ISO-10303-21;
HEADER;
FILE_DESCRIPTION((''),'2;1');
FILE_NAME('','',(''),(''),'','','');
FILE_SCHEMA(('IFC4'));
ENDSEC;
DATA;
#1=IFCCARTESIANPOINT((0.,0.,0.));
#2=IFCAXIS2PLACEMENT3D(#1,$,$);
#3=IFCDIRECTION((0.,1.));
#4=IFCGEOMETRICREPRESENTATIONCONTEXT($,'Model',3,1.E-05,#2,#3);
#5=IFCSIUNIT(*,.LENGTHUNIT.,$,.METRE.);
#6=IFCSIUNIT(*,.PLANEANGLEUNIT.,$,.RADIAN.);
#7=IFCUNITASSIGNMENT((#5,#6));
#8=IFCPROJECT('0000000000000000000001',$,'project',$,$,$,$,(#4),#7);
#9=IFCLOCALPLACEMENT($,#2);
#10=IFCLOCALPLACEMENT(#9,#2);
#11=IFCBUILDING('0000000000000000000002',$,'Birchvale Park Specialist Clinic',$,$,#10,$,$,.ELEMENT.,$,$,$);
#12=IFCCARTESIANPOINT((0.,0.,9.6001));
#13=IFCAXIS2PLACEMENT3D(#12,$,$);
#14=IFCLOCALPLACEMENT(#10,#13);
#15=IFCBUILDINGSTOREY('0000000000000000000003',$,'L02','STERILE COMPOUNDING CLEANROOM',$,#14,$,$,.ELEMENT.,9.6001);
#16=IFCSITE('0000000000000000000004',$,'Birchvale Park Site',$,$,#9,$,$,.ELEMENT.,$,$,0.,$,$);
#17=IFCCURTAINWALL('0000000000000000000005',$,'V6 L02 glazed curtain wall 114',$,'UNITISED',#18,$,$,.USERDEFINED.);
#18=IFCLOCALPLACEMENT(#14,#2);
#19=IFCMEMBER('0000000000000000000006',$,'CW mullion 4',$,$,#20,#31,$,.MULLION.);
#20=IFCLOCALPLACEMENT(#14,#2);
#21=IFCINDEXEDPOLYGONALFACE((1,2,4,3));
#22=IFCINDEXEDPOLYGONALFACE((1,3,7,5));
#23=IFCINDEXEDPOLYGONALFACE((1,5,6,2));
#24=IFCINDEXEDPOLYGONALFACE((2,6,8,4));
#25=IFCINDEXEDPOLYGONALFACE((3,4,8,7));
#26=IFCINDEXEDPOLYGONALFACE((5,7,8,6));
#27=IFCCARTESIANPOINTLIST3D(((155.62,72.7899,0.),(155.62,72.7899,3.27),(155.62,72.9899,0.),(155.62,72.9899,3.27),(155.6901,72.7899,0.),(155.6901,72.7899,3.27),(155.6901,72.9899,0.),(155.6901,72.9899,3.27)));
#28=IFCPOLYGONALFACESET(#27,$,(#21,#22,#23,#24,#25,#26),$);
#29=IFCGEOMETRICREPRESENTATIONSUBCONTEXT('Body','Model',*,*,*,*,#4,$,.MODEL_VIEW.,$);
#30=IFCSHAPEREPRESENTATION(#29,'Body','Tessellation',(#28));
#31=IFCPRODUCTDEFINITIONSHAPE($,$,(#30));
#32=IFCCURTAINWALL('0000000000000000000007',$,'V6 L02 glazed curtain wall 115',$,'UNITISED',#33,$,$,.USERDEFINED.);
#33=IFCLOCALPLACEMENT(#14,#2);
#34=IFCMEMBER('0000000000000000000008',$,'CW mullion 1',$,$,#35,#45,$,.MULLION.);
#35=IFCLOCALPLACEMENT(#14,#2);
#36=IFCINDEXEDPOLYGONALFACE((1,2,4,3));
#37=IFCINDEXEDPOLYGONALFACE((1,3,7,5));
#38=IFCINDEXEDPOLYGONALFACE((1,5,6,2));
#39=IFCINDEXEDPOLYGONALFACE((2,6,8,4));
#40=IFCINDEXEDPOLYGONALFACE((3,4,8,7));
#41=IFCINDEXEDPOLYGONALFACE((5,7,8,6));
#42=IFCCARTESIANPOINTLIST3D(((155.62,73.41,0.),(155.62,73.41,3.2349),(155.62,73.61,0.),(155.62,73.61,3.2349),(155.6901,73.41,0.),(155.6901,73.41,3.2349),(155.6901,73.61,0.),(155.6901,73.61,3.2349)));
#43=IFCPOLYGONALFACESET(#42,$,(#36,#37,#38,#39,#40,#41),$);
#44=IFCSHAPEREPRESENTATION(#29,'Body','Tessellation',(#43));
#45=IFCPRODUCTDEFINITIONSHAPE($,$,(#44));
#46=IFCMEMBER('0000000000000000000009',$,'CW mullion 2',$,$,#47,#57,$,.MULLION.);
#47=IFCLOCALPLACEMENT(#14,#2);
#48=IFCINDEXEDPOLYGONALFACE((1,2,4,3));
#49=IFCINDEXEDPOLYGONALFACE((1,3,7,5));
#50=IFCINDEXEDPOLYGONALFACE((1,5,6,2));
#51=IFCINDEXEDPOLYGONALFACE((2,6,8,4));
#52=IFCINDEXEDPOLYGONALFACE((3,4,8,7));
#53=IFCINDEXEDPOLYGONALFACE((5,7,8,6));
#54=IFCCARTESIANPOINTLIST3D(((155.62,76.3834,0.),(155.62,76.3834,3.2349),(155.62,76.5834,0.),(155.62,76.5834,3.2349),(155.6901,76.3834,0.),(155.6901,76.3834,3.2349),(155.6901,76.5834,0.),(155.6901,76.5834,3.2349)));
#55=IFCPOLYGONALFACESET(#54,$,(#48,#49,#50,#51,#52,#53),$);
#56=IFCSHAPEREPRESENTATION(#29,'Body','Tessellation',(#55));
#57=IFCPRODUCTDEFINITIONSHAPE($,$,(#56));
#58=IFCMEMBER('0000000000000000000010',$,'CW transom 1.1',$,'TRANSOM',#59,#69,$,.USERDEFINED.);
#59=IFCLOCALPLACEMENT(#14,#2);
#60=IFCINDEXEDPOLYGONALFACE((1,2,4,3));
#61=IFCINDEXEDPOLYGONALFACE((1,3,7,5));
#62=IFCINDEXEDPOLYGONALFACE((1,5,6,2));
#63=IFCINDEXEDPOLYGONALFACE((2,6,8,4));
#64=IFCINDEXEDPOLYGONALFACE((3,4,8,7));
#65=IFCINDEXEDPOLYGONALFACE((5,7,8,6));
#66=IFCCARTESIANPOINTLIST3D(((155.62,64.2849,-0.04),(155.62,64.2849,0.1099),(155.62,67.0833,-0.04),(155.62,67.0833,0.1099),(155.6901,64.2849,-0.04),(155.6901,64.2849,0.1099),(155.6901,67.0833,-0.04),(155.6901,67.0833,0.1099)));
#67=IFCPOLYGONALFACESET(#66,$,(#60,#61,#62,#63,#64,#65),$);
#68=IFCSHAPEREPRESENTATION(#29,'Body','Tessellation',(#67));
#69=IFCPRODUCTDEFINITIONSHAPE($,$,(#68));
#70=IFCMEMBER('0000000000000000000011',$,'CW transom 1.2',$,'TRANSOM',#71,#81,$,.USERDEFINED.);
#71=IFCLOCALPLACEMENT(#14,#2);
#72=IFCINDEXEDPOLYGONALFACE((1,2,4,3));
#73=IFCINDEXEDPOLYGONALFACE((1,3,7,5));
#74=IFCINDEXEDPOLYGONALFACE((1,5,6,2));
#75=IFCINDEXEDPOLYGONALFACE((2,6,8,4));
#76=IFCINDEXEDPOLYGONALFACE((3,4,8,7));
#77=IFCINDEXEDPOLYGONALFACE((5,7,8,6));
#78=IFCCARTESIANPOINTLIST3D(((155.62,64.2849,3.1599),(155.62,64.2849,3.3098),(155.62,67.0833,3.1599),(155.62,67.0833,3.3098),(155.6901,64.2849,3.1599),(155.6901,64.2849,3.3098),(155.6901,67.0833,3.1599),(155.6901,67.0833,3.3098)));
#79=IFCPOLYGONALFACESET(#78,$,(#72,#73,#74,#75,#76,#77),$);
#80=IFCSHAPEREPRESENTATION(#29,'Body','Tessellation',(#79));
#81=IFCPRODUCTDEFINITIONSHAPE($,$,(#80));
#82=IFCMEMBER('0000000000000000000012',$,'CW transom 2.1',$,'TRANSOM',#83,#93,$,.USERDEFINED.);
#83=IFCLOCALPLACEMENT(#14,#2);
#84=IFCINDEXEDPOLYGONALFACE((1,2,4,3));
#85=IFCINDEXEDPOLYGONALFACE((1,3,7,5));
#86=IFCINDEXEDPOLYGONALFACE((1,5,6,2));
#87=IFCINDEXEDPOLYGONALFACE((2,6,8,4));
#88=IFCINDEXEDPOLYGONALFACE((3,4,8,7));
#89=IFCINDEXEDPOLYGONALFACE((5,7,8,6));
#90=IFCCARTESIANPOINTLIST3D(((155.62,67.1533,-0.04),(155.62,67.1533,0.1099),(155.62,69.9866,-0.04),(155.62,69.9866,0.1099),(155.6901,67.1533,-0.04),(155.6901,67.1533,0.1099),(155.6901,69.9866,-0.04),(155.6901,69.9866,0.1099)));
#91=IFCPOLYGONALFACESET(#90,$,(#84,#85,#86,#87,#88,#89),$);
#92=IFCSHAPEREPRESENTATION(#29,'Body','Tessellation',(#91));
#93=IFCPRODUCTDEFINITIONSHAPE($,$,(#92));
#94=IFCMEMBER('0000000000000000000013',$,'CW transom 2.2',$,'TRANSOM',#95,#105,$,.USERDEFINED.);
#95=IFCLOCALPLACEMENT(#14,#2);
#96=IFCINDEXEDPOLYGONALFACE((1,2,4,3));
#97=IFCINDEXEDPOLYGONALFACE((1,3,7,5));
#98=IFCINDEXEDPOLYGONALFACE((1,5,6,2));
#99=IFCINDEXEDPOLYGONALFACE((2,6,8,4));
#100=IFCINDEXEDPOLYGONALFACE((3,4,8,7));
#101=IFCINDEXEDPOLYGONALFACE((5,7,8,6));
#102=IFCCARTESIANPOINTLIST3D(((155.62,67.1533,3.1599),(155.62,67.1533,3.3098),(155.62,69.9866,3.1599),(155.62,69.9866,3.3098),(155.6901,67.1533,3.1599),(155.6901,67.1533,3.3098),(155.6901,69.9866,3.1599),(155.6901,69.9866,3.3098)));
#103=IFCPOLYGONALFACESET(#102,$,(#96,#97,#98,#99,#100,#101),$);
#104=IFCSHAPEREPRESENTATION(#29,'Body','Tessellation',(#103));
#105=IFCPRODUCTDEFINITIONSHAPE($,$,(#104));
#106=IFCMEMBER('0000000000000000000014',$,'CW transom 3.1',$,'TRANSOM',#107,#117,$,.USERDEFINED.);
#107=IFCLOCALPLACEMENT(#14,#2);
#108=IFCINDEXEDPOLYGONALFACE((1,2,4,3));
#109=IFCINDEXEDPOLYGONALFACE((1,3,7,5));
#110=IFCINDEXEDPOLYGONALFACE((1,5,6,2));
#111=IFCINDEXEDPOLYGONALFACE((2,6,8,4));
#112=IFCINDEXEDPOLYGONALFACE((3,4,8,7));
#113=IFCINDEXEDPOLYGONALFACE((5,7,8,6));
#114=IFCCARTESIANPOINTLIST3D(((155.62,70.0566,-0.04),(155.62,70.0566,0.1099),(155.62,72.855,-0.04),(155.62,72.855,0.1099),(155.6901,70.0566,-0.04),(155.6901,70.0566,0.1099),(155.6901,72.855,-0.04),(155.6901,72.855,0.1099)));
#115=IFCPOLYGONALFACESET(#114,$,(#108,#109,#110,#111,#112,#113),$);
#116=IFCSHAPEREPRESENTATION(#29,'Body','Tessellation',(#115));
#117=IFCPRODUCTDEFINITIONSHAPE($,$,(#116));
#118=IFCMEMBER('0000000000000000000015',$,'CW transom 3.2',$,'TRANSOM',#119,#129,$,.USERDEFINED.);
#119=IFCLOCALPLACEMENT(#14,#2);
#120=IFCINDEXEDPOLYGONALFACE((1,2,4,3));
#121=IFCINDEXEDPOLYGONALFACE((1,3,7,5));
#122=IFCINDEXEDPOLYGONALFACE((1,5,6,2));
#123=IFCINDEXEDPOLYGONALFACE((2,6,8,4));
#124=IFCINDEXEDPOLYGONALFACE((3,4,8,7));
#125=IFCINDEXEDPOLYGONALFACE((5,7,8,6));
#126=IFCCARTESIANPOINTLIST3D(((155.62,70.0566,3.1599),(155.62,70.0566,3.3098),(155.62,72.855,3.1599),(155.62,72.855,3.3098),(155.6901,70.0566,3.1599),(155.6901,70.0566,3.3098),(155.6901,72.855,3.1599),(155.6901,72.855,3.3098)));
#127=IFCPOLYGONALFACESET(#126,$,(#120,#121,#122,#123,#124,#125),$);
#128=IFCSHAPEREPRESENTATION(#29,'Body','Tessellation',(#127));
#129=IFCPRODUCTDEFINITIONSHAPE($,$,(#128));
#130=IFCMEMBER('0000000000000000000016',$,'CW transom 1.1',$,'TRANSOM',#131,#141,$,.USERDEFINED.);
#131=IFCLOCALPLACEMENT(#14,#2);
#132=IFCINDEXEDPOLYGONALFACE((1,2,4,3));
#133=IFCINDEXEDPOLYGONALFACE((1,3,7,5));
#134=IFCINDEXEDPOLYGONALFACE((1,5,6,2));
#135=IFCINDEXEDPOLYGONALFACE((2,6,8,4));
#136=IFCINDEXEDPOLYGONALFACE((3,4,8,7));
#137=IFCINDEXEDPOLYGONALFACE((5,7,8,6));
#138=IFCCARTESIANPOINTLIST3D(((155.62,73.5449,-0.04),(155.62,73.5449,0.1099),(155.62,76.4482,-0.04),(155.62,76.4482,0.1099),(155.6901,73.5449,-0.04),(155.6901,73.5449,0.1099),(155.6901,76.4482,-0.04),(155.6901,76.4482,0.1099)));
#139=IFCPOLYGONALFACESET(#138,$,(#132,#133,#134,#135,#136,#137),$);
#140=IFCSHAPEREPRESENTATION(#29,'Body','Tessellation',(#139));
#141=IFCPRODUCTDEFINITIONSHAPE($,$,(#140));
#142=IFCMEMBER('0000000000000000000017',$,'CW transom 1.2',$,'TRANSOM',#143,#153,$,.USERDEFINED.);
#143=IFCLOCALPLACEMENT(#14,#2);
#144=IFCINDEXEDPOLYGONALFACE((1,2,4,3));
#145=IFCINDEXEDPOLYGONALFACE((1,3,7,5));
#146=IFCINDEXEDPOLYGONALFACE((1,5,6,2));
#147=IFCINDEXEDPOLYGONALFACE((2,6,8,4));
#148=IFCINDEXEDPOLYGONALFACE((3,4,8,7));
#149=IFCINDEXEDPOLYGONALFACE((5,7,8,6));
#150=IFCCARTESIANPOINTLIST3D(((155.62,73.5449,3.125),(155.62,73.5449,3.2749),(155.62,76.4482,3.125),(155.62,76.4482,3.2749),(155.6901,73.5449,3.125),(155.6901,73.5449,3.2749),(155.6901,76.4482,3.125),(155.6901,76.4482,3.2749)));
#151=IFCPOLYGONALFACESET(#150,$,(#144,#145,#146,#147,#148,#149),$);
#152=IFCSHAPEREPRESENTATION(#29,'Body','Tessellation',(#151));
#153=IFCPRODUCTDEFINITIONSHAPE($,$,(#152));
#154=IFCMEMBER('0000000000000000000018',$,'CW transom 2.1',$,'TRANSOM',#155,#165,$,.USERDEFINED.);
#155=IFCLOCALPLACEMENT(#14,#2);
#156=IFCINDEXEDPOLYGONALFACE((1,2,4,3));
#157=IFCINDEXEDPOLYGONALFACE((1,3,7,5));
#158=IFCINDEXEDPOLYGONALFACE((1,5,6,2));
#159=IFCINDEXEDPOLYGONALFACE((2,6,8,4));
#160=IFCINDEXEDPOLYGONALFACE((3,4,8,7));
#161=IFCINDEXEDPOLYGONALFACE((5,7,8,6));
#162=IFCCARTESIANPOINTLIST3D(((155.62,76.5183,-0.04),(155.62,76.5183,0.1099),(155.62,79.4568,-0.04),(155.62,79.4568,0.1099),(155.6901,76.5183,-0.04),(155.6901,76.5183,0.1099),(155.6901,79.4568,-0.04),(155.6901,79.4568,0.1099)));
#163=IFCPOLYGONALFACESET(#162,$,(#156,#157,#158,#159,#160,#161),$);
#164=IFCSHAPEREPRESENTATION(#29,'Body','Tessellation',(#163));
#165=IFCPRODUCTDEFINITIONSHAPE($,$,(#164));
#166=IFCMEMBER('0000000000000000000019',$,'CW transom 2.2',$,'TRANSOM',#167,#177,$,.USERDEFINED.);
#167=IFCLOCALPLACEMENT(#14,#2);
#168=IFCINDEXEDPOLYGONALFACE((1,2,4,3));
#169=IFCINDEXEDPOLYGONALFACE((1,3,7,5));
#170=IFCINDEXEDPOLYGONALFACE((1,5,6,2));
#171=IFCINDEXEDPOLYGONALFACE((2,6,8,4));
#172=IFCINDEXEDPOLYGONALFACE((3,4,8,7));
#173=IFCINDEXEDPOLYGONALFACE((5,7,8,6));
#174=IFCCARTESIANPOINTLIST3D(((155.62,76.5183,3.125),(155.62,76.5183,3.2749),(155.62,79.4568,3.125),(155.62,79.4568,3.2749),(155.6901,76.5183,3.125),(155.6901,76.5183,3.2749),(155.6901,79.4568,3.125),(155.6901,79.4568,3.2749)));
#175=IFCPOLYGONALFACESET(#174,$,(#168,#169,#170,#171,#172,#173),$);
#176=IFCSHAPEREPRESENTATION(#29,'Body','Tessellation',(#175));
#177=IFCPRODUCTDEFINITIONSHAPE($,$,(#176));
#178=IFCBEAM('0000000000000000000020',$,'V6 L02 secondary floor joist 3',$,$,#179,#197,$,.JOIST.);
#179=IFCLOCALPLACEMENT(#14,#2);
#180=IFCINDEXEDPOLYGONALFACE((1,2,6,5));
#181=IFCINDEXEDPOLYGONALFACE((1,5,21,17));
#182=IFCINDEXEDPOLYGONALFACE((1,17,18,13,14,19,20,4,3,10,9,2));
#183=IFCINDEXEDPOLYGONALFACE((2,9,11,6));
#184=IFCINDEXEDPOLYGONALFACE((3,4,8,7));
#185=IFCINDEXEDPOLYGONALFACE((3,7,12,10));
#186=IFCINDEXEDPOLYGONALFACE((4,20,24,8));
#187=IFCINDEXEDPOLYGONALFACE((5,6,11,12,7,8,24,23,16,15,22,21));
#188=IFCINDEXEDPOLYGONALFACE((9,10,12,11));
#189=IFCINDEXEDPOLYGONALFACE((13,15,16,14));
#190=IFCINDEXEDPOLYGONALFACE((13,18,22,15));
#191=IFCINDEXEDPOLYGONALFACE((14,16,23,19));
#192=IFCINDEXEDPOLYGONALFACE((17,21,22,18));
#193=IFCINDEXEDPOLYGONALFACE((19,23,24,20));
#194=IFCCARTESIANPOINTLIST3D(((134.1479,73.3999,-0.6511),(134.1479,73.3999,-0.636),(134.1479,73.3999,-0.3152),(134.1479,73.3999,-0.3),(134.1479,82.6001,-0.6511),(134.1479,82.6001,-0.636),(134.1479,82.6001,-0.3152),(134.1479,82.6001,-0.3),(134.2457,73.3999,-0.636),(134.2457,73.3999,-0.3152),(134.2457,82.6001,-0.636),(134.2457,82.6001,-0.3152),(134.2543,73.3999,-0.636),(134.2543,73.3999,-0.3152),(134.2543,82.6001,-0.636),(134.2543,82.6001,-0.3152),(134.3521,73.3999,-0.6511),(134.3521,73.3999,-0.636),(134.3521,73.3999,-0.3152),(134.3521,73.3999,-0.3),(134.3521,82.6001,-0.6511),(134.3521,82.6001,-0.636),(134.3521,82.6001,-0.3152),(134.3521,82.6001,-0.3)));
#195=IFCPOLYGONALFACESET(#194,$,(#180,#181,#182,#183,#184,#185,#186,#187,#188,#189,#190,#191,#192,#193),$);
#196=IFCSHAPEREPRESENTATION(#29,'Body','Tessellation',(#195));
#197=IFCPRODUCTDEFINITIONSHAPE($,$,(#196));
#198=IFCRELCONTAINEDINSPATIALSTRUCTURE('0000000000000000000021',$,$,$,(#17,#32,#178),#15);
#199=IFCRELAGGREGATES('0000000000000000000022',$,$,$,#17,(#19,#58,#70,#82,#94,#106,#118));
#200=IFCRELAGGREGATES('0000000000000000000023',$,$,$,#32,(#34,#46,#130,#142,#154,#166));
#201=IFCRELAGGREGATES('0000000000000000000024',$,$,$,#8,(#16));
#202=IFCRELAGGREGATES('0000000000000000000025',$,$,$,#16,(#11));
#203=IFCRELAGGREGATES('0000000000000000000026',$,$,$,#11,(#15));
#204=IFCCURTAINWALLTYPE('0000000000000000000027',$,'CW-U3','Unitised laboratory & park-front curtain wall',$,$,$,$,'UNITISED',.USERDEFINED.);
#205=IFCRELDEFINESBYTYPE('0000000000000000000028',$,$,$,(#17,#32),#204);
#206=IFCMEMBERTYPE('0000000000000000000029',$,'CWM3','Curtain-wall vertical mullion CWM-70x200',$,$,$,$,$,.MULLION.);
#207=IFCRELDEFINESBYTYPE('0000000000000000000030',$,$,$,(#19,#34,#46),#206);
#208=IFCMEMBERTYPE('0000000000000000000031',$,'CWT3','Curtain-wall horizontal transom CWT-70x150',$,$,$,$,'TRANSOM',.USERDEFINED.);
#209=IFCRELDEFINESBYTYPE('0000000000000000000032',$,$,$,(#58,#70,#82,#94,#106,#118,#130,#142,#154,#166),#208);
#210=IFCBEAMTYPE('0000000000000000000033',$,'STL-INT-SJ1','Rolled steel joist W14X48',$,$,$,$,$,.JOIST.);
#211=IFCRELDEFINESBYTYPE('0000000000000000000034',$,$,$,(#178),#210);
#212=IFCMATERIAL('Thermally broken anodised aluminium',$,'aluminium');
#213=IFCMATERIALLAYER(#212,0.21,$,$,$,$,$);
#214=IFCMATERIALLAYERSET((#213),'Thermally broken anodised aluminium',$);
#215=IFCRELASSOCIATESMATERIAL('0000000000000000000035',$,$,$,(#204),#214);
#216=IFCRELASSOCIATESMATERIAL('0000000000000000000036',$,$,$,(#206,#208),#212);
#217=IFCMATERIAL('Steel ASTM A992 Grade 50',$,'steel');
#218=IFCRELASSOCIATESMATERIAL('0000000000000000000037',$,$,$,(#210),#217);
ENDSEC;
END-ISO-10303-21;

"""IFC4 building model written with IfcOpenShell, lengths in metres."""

from ifc_helpers import new_model, si_unit, direction, frame, origin, origin_2d, place, context, subcontext, project, spatial, rectangle, i_section, extrude, material, layer, layer_set, material_profile, profile_set, type_object, element, aggregate, save


model = new_model("IFC4")

# Units and contexts
model_context = context("Model", 3, precision=1e-05, world=origin(), true_north=direction((0.0, 1.0)))
body_context = subcontext(model_context, "Body", "Model", "MODEL_VIEW")
ifc_project = project(units=[si_unit("LENGTHUNIT", "METRE"), si_unit("PLANEANGLEUNIT", "RADIAN")], contexts=[model_context])

# Site, building, storey
site_placement = place(None, origin())
site = spatial("IfcSite", under=ifc_project, at=site_placement, Name="Birchvale Park Site", CompositionType="ELEMENT", RefElevation=0.0)
building_placement = place(site_placement, origin())
building = spatial("IfcBuilding", under=site, at=building_placement, Name="Birchvale Park Specialist Clinic", CompositionType="ELEMENT")
storey_placement = place(building_placement, frame((0.0, 0.0, 9.6001)))
storey = spatial("IfcBuildingStorey", under=building, at=storey_placement, Name="L02", Description="STERILE COMPOUNDING CLEANROOM", CompositionType="ELEMENT", Elevation=9.6001)

# Curtain walls, members
ifc_material_1 = material(Name="Thermally broken anodised aluminium", Category="aluminium")
ifc_layer_1 = layer(ifc_material_1, 0.21)
ifc_layer_set_1 = layer_set([ifc_layer_1], Name="Thermally broken anodised aluminium")
curtain_wall_type = type_object("IfcCurtainWallType", Name="CW-U3", Description="Unitised laboratory & park-front curtain wall", ElementType="UNITISED", PredefinedType="USERDEFINED", material=ifc_layer_set_1)
curtain_wall_1_placement = place(storey_placement, origin())
curtain_wall_1 = element("IfcCurtainWall", 1, at=curtain_wall_1_placement, inside=storey, type_object=curtain_wall_type, Name="V6 L02 glazed curtain wall 114", ObjectType="UNITISED", PredefinedType="USERDEFINED")
ifc_material_profile_1 = material_profile(ifc_material_1, rectangle(XDim=0.0701, YDim=0.2, at=origin_2d()), Name="CWM-70x200")
ifc_profile_set_1 = profile_set([ifc_material_profile_1], Name="Thermally broken anodised aluminium")
member_type_1 = type_object("IfcMemberType", Name="CWM3", Description="Curtain-wall vertical mullion CWM-70x200", PredefinedType="MULLION", material=ifc_profile_set_1)
member_1_placement = place(storey_placement, frame((155.655, 72.8899, 0.0), z_axis=(0.0, 0.0, 1.0), x_axis=(-1.0, 0.0, 0.0)))
member_1 = element("IfcMember", 2, at=member_1_placement, type_object=member_type_1, Name="CW mullion 4", PredefinedType="MULLION", context=body_context, shape_type="SweptSolid", body=[
    extrude(rectangle(XDim=0.0701, YDim=0.2, at=origin_2d()), origin(), (0.0, 0.0, 1.0), 3.27),
])
curtain_wall_2_placement = place(storey_placement, origin())
curtain_wall_2 = element("IfcCurtainWall", 3, at=curtain_wall_2_placement, inside=storey, type_object=curtain_wall_type, Name="V6 L02 glazed curtain wall 115", ObjectType="UNITISED", PredefinedType="USERDEFINED")
member_2_placement = place(storey_placement, frame((155.655, 73.51, 0.0), z_axis=(0.0, 0.0, 1.0), x_axis=(-1.0, 0.0, 0.0)))
member_2 = element("IfcMember", 4, at=member_2_placement, type_object=member_type_1, Name="CW mullion 1", PredefinedType="MULLION", context=body_context, shape_type="SweptSolid", body=[
    extrude(rectangle(XDim=0.0701, YDim=0.2, at=origin_2d()), origin(), (0.0, 0.0, 1.0), 3.2349),
])
member_3_placement = place(storey_placement, frame((155.655, 76.4834, 0.0), z_axis=(0.0, 0.0, 1.0), x_axis=(-1.0, 0.0, 0.0)))
member_3 = element("IfcMember", 5, at=member_3_placement, type_object=member_type_1, Name="CW mullion 2", PredefinedType="MULLION", context=body_context, shape_type="SweptSolid", body=[
    extrude(rectangle(XDim=0.0701, YDim=0.2, at=origin_2d()), origin(), (0.0, 0.0, 1.0), 3.2349),
])

# Members
ifc_material_profile_2 = material_profile(ifc_material_1, rectangle(XDim=0.0701, YDim=0.1499, at=origin_2d()), Name="CWT-70x150")
ifc_profile_set_2 = profile_set([ifc_material_profile_2], Name="Thermally broken anodised aluminium")
member_type_2 = type_object("IfcMemberType", Name="CWT3", Description="Curtain-wall horizontal transom CWT-70x150", ElementType="TRANSOM", PredefinedType="USERDEFINED", material=ifc_profile_set_2)
member_4_placement = place(storey_placement, frame((155.655, 64.2849, 0.0349), z_axis=(0.0, 1.0, 0.0), x_axis=(-1.0, 0.0, 0.0)))
member_4 = element("IfcMember", 6, at=member_4_placement, type_object=member_type_2, Name="CW transom 1.1", ObjectType="TRANSOM", PredefinedType="USERDEFINED", context=body_context, shape_type="SweptSolid", body=[
    extrude(rectangle(XDim=0.0701, YDim=0.1499, at=origin_2d()), origin(), (0.0, 0.0, 1.0), 2.7983),
])
member_5_placement = place(storey_placement, frame((155.655, 64.2849, 3.2349), z_axis=(0.0, 1.0, 0.0), x_axis=(-1.0, 0.0, 0.0)))
member_5 = element("IfcMember", 7, at=member_5_placement, type_object=member_type_2, Name="CW transom 1.2", ObjectType="TRANSOM", PredefinedType="USERDEFINED", context=body_context, shape_type="SweptSolid", body=[
    extrude(rectangle(XDim=0.0701, YDim=0.1499, at=origin_2d()), origin(), (0.0, 0.0, 1.0), 2.7983),
])
member_6_placement = place(storey_placement, frame((155.655, 67.1533, 0.0349), z_axis=(0.0, 1.0, 0.0), x_axis=(-1.0, 0.0, 0.0)))
member_6 = element("IfcMember", 8, at=member_6_placement, type_object=member_type_2, Name="CW transom 2.1", ObjectType="TRANSOM", PredefinedType="USERDEFINED", context=body_context, shape_type="SweptSolid", body=[
    extrude(rectangle(XDim=0.0701, YDim=0.1499, at=origin_2d()), origin(), (0.0, 0.0, 1.0), 2.8333),
])
member_7_placement = place(storey_placement, frame((155.655, 67.1533, 3.2349), z_axis=(0.0, 1.0, 0.0), x_axis=(-1.0, 0.0, 0.0)))
member_7 = element("IfcMember", 9, at=member_7_placement, type_object=member_type_2, Name="CW transom 2.2", ObjectType="TRANSOM", PredefinedType="USERDEFINED", context=body_context, shape_type="SweptSolid", body=[
    extrude(rectangle(XDim=0.0701, YDim=0.1499, at=origin_2d()), origin(), (0.0, 0.0, 1.0), 2.8333),
])
member_8_placement = place(storey_placement, frame((155.655, 70.0566, 0.0349), z_axis=(0.0, 1.0, 0.0), x_axis=(-1.0, 0.0, 0.0)))
member_8 = element("IfcMember", 10, at=member_8_placement, type_object=member_type_2, Name="CW transom 3.1", ObjectType="TRANSOM", PredefinedType="USERDEFINED", context=body_context, shape_type="SweptSolid", body=[
    extrude(rectangle(XDim=0.0701, YDim=0.1499, at=origin_2d()), origin(), (0.0, 0.0, 1.0), 2.7983),
])
member_9_placement = place(storey_placement, frame((155.655, 70.0566, 3.2349), z_axis=(0.0, 1.0, 0.0), x_axis=(-1.0, 0.0, 0.0)))
member_9 = element("IfcMember", 11, at=member_9_placement, type_object=member_type_2, Name="CW transom 3.2", ObjectType="TRANSOM", PredefinedType="USERDEFINED", context=body_context, shape_type="SweptSolid", body=[
    extrude(rectangle(XDim=0.0701, YDim=0.1499, at=origin_2d()), origin(), (0.0, 0.0, 1.0), 2.7983),
])
member_10_placement = place(storey_placement, frame((155.655, 73.5449, 0.0349), z_axis=(0.0, 1.0, 0.0), x_axis=(-1.0, 0.0, 0.0)))
member_10 = element("IfcMember", 12, at=member_10_placement, type_object=member_type_2, Name="CW transom 1.1", ObjectType="TRANSOM", PredefinedType="USERDEFINED", context=body_context, shape_type="SweptSolid", body=[
    extrude(rectangle(XDim=0.0701, YDim=0.1499, at=origin_2d()), origin(), (0.0, 0.0, 1.0), 2.9033),
])
member_11_placement = place(storey_placement, frame((155.655, 73.5449, 3.2), z_axis=(0.0, 1.0, 0.0), x_axis=(-1.0, 0.0, 0.0)))
member_11 = element("IfcMember", 13, at=member_11_placement, type_object=member_type_2, Name="CW transom 1.2", ObjectType="TRANSOM", PredefinedType="USERDEFINED", context=body_context, shape_type="SweptSolid", body=[
    extrude(rectangle(XDim=0.0701, YDim=0.1499, at=origin_2d()), origin(), (0.0, 0.0, 1.0), 2.9033),
])
member_12_placement = place(storey_placement, frame((155.655, 76.5183, 0.0349), z_axis=(0.0, 1.0, 0.0), x_axis=(-1.0, 0.0, 0.0)))
member_12 = element("IfcMember", 14, at=member_12_placement, type_object=member_type_2, Name="CW transom 2.1", ObjectType="TRANSOM", PredefinedType="USERDEFINED", context=body_context, shape_type="SweptSolid", body=[
    extrude(rectangle(XDim=0.0701, YDim=0.1499, at=origin_2d()), origin(), (0.0, 0.0, 1.0), 2.9385),
])
member_13_placement = place(storey_placement, frame((155.655, 76.5183, 3.2), z_axis=(0.0, 1.0, 0.0), x_axis=(-1.0, 0.0, 0.0)))
member_13 = element("IfcMember", 15, at=member_13_placement, type_object=member_type_2, Name="CW transom 2.2", ObjectType="TRANSOM", PredefinedType="USERDEFINED", context=body_context, shape_type="SweptSolid", body=[
    extrude(rectangle(XDim=0.0701, YDim=0.1499, at=origin_2d()), origin(), (0.0, 0.0, 1.0), 2.9385),
])

# Beam
ifc_material_2 = material(Name="Steel ASTM A992 Grade 50", Category="steel")
ifc_material_profile_3 = material_profile(ifc_material_2, i_section(OverallWidth=0.2041, OverallDepth=0.3511, WebThickness=0.0085, FlangeThickness=0.0151, at=origin_2d()), Name="W14X48")
ifc_profile_set_3 = profile_set([ifc_material_profile_3], Name="Steel ASTM A992 Grade 50")
beam_type_1 = type_object("IfcBeamType", Name="STL-INT-SJ1", Description="Rolled steel joist W14X48", PredefinedType="JOIST", material=ifc_profile_set_3)
beam_1_placement = place(storey_placement, frame((134.25, 73.3999, -0.4756), z_axis=(0.0, 1.0, 0.0), x_axis=(-1.0, 0.0, 0.0)))
element("IfcBeam", 16, at=beam_1_placement, inside=storey, type_object=beam_type_1, Name="V6 L02 secondary floor joist 3", PredefinedType="JOIST", context=body_context, shape_type="SweptSolid", body=[
    extrude(i_section(OverallWidth=0.2041, OverallDepth=0.3511, WebThickness=0.0085, FlangeThickness=0.0151, at=origin_2d()), origin(), (0.0, 0.0, 1.0), 9.2002),
])

aggregate(curtain_wall_1, [member_1, member_4, member_5, member_6, member_7, member_8, member_9])
aggregate(curtain_wall_2, [member_2, member_3, member_10, member_11, member_12, member_13])

save(model, "model.ifc")
